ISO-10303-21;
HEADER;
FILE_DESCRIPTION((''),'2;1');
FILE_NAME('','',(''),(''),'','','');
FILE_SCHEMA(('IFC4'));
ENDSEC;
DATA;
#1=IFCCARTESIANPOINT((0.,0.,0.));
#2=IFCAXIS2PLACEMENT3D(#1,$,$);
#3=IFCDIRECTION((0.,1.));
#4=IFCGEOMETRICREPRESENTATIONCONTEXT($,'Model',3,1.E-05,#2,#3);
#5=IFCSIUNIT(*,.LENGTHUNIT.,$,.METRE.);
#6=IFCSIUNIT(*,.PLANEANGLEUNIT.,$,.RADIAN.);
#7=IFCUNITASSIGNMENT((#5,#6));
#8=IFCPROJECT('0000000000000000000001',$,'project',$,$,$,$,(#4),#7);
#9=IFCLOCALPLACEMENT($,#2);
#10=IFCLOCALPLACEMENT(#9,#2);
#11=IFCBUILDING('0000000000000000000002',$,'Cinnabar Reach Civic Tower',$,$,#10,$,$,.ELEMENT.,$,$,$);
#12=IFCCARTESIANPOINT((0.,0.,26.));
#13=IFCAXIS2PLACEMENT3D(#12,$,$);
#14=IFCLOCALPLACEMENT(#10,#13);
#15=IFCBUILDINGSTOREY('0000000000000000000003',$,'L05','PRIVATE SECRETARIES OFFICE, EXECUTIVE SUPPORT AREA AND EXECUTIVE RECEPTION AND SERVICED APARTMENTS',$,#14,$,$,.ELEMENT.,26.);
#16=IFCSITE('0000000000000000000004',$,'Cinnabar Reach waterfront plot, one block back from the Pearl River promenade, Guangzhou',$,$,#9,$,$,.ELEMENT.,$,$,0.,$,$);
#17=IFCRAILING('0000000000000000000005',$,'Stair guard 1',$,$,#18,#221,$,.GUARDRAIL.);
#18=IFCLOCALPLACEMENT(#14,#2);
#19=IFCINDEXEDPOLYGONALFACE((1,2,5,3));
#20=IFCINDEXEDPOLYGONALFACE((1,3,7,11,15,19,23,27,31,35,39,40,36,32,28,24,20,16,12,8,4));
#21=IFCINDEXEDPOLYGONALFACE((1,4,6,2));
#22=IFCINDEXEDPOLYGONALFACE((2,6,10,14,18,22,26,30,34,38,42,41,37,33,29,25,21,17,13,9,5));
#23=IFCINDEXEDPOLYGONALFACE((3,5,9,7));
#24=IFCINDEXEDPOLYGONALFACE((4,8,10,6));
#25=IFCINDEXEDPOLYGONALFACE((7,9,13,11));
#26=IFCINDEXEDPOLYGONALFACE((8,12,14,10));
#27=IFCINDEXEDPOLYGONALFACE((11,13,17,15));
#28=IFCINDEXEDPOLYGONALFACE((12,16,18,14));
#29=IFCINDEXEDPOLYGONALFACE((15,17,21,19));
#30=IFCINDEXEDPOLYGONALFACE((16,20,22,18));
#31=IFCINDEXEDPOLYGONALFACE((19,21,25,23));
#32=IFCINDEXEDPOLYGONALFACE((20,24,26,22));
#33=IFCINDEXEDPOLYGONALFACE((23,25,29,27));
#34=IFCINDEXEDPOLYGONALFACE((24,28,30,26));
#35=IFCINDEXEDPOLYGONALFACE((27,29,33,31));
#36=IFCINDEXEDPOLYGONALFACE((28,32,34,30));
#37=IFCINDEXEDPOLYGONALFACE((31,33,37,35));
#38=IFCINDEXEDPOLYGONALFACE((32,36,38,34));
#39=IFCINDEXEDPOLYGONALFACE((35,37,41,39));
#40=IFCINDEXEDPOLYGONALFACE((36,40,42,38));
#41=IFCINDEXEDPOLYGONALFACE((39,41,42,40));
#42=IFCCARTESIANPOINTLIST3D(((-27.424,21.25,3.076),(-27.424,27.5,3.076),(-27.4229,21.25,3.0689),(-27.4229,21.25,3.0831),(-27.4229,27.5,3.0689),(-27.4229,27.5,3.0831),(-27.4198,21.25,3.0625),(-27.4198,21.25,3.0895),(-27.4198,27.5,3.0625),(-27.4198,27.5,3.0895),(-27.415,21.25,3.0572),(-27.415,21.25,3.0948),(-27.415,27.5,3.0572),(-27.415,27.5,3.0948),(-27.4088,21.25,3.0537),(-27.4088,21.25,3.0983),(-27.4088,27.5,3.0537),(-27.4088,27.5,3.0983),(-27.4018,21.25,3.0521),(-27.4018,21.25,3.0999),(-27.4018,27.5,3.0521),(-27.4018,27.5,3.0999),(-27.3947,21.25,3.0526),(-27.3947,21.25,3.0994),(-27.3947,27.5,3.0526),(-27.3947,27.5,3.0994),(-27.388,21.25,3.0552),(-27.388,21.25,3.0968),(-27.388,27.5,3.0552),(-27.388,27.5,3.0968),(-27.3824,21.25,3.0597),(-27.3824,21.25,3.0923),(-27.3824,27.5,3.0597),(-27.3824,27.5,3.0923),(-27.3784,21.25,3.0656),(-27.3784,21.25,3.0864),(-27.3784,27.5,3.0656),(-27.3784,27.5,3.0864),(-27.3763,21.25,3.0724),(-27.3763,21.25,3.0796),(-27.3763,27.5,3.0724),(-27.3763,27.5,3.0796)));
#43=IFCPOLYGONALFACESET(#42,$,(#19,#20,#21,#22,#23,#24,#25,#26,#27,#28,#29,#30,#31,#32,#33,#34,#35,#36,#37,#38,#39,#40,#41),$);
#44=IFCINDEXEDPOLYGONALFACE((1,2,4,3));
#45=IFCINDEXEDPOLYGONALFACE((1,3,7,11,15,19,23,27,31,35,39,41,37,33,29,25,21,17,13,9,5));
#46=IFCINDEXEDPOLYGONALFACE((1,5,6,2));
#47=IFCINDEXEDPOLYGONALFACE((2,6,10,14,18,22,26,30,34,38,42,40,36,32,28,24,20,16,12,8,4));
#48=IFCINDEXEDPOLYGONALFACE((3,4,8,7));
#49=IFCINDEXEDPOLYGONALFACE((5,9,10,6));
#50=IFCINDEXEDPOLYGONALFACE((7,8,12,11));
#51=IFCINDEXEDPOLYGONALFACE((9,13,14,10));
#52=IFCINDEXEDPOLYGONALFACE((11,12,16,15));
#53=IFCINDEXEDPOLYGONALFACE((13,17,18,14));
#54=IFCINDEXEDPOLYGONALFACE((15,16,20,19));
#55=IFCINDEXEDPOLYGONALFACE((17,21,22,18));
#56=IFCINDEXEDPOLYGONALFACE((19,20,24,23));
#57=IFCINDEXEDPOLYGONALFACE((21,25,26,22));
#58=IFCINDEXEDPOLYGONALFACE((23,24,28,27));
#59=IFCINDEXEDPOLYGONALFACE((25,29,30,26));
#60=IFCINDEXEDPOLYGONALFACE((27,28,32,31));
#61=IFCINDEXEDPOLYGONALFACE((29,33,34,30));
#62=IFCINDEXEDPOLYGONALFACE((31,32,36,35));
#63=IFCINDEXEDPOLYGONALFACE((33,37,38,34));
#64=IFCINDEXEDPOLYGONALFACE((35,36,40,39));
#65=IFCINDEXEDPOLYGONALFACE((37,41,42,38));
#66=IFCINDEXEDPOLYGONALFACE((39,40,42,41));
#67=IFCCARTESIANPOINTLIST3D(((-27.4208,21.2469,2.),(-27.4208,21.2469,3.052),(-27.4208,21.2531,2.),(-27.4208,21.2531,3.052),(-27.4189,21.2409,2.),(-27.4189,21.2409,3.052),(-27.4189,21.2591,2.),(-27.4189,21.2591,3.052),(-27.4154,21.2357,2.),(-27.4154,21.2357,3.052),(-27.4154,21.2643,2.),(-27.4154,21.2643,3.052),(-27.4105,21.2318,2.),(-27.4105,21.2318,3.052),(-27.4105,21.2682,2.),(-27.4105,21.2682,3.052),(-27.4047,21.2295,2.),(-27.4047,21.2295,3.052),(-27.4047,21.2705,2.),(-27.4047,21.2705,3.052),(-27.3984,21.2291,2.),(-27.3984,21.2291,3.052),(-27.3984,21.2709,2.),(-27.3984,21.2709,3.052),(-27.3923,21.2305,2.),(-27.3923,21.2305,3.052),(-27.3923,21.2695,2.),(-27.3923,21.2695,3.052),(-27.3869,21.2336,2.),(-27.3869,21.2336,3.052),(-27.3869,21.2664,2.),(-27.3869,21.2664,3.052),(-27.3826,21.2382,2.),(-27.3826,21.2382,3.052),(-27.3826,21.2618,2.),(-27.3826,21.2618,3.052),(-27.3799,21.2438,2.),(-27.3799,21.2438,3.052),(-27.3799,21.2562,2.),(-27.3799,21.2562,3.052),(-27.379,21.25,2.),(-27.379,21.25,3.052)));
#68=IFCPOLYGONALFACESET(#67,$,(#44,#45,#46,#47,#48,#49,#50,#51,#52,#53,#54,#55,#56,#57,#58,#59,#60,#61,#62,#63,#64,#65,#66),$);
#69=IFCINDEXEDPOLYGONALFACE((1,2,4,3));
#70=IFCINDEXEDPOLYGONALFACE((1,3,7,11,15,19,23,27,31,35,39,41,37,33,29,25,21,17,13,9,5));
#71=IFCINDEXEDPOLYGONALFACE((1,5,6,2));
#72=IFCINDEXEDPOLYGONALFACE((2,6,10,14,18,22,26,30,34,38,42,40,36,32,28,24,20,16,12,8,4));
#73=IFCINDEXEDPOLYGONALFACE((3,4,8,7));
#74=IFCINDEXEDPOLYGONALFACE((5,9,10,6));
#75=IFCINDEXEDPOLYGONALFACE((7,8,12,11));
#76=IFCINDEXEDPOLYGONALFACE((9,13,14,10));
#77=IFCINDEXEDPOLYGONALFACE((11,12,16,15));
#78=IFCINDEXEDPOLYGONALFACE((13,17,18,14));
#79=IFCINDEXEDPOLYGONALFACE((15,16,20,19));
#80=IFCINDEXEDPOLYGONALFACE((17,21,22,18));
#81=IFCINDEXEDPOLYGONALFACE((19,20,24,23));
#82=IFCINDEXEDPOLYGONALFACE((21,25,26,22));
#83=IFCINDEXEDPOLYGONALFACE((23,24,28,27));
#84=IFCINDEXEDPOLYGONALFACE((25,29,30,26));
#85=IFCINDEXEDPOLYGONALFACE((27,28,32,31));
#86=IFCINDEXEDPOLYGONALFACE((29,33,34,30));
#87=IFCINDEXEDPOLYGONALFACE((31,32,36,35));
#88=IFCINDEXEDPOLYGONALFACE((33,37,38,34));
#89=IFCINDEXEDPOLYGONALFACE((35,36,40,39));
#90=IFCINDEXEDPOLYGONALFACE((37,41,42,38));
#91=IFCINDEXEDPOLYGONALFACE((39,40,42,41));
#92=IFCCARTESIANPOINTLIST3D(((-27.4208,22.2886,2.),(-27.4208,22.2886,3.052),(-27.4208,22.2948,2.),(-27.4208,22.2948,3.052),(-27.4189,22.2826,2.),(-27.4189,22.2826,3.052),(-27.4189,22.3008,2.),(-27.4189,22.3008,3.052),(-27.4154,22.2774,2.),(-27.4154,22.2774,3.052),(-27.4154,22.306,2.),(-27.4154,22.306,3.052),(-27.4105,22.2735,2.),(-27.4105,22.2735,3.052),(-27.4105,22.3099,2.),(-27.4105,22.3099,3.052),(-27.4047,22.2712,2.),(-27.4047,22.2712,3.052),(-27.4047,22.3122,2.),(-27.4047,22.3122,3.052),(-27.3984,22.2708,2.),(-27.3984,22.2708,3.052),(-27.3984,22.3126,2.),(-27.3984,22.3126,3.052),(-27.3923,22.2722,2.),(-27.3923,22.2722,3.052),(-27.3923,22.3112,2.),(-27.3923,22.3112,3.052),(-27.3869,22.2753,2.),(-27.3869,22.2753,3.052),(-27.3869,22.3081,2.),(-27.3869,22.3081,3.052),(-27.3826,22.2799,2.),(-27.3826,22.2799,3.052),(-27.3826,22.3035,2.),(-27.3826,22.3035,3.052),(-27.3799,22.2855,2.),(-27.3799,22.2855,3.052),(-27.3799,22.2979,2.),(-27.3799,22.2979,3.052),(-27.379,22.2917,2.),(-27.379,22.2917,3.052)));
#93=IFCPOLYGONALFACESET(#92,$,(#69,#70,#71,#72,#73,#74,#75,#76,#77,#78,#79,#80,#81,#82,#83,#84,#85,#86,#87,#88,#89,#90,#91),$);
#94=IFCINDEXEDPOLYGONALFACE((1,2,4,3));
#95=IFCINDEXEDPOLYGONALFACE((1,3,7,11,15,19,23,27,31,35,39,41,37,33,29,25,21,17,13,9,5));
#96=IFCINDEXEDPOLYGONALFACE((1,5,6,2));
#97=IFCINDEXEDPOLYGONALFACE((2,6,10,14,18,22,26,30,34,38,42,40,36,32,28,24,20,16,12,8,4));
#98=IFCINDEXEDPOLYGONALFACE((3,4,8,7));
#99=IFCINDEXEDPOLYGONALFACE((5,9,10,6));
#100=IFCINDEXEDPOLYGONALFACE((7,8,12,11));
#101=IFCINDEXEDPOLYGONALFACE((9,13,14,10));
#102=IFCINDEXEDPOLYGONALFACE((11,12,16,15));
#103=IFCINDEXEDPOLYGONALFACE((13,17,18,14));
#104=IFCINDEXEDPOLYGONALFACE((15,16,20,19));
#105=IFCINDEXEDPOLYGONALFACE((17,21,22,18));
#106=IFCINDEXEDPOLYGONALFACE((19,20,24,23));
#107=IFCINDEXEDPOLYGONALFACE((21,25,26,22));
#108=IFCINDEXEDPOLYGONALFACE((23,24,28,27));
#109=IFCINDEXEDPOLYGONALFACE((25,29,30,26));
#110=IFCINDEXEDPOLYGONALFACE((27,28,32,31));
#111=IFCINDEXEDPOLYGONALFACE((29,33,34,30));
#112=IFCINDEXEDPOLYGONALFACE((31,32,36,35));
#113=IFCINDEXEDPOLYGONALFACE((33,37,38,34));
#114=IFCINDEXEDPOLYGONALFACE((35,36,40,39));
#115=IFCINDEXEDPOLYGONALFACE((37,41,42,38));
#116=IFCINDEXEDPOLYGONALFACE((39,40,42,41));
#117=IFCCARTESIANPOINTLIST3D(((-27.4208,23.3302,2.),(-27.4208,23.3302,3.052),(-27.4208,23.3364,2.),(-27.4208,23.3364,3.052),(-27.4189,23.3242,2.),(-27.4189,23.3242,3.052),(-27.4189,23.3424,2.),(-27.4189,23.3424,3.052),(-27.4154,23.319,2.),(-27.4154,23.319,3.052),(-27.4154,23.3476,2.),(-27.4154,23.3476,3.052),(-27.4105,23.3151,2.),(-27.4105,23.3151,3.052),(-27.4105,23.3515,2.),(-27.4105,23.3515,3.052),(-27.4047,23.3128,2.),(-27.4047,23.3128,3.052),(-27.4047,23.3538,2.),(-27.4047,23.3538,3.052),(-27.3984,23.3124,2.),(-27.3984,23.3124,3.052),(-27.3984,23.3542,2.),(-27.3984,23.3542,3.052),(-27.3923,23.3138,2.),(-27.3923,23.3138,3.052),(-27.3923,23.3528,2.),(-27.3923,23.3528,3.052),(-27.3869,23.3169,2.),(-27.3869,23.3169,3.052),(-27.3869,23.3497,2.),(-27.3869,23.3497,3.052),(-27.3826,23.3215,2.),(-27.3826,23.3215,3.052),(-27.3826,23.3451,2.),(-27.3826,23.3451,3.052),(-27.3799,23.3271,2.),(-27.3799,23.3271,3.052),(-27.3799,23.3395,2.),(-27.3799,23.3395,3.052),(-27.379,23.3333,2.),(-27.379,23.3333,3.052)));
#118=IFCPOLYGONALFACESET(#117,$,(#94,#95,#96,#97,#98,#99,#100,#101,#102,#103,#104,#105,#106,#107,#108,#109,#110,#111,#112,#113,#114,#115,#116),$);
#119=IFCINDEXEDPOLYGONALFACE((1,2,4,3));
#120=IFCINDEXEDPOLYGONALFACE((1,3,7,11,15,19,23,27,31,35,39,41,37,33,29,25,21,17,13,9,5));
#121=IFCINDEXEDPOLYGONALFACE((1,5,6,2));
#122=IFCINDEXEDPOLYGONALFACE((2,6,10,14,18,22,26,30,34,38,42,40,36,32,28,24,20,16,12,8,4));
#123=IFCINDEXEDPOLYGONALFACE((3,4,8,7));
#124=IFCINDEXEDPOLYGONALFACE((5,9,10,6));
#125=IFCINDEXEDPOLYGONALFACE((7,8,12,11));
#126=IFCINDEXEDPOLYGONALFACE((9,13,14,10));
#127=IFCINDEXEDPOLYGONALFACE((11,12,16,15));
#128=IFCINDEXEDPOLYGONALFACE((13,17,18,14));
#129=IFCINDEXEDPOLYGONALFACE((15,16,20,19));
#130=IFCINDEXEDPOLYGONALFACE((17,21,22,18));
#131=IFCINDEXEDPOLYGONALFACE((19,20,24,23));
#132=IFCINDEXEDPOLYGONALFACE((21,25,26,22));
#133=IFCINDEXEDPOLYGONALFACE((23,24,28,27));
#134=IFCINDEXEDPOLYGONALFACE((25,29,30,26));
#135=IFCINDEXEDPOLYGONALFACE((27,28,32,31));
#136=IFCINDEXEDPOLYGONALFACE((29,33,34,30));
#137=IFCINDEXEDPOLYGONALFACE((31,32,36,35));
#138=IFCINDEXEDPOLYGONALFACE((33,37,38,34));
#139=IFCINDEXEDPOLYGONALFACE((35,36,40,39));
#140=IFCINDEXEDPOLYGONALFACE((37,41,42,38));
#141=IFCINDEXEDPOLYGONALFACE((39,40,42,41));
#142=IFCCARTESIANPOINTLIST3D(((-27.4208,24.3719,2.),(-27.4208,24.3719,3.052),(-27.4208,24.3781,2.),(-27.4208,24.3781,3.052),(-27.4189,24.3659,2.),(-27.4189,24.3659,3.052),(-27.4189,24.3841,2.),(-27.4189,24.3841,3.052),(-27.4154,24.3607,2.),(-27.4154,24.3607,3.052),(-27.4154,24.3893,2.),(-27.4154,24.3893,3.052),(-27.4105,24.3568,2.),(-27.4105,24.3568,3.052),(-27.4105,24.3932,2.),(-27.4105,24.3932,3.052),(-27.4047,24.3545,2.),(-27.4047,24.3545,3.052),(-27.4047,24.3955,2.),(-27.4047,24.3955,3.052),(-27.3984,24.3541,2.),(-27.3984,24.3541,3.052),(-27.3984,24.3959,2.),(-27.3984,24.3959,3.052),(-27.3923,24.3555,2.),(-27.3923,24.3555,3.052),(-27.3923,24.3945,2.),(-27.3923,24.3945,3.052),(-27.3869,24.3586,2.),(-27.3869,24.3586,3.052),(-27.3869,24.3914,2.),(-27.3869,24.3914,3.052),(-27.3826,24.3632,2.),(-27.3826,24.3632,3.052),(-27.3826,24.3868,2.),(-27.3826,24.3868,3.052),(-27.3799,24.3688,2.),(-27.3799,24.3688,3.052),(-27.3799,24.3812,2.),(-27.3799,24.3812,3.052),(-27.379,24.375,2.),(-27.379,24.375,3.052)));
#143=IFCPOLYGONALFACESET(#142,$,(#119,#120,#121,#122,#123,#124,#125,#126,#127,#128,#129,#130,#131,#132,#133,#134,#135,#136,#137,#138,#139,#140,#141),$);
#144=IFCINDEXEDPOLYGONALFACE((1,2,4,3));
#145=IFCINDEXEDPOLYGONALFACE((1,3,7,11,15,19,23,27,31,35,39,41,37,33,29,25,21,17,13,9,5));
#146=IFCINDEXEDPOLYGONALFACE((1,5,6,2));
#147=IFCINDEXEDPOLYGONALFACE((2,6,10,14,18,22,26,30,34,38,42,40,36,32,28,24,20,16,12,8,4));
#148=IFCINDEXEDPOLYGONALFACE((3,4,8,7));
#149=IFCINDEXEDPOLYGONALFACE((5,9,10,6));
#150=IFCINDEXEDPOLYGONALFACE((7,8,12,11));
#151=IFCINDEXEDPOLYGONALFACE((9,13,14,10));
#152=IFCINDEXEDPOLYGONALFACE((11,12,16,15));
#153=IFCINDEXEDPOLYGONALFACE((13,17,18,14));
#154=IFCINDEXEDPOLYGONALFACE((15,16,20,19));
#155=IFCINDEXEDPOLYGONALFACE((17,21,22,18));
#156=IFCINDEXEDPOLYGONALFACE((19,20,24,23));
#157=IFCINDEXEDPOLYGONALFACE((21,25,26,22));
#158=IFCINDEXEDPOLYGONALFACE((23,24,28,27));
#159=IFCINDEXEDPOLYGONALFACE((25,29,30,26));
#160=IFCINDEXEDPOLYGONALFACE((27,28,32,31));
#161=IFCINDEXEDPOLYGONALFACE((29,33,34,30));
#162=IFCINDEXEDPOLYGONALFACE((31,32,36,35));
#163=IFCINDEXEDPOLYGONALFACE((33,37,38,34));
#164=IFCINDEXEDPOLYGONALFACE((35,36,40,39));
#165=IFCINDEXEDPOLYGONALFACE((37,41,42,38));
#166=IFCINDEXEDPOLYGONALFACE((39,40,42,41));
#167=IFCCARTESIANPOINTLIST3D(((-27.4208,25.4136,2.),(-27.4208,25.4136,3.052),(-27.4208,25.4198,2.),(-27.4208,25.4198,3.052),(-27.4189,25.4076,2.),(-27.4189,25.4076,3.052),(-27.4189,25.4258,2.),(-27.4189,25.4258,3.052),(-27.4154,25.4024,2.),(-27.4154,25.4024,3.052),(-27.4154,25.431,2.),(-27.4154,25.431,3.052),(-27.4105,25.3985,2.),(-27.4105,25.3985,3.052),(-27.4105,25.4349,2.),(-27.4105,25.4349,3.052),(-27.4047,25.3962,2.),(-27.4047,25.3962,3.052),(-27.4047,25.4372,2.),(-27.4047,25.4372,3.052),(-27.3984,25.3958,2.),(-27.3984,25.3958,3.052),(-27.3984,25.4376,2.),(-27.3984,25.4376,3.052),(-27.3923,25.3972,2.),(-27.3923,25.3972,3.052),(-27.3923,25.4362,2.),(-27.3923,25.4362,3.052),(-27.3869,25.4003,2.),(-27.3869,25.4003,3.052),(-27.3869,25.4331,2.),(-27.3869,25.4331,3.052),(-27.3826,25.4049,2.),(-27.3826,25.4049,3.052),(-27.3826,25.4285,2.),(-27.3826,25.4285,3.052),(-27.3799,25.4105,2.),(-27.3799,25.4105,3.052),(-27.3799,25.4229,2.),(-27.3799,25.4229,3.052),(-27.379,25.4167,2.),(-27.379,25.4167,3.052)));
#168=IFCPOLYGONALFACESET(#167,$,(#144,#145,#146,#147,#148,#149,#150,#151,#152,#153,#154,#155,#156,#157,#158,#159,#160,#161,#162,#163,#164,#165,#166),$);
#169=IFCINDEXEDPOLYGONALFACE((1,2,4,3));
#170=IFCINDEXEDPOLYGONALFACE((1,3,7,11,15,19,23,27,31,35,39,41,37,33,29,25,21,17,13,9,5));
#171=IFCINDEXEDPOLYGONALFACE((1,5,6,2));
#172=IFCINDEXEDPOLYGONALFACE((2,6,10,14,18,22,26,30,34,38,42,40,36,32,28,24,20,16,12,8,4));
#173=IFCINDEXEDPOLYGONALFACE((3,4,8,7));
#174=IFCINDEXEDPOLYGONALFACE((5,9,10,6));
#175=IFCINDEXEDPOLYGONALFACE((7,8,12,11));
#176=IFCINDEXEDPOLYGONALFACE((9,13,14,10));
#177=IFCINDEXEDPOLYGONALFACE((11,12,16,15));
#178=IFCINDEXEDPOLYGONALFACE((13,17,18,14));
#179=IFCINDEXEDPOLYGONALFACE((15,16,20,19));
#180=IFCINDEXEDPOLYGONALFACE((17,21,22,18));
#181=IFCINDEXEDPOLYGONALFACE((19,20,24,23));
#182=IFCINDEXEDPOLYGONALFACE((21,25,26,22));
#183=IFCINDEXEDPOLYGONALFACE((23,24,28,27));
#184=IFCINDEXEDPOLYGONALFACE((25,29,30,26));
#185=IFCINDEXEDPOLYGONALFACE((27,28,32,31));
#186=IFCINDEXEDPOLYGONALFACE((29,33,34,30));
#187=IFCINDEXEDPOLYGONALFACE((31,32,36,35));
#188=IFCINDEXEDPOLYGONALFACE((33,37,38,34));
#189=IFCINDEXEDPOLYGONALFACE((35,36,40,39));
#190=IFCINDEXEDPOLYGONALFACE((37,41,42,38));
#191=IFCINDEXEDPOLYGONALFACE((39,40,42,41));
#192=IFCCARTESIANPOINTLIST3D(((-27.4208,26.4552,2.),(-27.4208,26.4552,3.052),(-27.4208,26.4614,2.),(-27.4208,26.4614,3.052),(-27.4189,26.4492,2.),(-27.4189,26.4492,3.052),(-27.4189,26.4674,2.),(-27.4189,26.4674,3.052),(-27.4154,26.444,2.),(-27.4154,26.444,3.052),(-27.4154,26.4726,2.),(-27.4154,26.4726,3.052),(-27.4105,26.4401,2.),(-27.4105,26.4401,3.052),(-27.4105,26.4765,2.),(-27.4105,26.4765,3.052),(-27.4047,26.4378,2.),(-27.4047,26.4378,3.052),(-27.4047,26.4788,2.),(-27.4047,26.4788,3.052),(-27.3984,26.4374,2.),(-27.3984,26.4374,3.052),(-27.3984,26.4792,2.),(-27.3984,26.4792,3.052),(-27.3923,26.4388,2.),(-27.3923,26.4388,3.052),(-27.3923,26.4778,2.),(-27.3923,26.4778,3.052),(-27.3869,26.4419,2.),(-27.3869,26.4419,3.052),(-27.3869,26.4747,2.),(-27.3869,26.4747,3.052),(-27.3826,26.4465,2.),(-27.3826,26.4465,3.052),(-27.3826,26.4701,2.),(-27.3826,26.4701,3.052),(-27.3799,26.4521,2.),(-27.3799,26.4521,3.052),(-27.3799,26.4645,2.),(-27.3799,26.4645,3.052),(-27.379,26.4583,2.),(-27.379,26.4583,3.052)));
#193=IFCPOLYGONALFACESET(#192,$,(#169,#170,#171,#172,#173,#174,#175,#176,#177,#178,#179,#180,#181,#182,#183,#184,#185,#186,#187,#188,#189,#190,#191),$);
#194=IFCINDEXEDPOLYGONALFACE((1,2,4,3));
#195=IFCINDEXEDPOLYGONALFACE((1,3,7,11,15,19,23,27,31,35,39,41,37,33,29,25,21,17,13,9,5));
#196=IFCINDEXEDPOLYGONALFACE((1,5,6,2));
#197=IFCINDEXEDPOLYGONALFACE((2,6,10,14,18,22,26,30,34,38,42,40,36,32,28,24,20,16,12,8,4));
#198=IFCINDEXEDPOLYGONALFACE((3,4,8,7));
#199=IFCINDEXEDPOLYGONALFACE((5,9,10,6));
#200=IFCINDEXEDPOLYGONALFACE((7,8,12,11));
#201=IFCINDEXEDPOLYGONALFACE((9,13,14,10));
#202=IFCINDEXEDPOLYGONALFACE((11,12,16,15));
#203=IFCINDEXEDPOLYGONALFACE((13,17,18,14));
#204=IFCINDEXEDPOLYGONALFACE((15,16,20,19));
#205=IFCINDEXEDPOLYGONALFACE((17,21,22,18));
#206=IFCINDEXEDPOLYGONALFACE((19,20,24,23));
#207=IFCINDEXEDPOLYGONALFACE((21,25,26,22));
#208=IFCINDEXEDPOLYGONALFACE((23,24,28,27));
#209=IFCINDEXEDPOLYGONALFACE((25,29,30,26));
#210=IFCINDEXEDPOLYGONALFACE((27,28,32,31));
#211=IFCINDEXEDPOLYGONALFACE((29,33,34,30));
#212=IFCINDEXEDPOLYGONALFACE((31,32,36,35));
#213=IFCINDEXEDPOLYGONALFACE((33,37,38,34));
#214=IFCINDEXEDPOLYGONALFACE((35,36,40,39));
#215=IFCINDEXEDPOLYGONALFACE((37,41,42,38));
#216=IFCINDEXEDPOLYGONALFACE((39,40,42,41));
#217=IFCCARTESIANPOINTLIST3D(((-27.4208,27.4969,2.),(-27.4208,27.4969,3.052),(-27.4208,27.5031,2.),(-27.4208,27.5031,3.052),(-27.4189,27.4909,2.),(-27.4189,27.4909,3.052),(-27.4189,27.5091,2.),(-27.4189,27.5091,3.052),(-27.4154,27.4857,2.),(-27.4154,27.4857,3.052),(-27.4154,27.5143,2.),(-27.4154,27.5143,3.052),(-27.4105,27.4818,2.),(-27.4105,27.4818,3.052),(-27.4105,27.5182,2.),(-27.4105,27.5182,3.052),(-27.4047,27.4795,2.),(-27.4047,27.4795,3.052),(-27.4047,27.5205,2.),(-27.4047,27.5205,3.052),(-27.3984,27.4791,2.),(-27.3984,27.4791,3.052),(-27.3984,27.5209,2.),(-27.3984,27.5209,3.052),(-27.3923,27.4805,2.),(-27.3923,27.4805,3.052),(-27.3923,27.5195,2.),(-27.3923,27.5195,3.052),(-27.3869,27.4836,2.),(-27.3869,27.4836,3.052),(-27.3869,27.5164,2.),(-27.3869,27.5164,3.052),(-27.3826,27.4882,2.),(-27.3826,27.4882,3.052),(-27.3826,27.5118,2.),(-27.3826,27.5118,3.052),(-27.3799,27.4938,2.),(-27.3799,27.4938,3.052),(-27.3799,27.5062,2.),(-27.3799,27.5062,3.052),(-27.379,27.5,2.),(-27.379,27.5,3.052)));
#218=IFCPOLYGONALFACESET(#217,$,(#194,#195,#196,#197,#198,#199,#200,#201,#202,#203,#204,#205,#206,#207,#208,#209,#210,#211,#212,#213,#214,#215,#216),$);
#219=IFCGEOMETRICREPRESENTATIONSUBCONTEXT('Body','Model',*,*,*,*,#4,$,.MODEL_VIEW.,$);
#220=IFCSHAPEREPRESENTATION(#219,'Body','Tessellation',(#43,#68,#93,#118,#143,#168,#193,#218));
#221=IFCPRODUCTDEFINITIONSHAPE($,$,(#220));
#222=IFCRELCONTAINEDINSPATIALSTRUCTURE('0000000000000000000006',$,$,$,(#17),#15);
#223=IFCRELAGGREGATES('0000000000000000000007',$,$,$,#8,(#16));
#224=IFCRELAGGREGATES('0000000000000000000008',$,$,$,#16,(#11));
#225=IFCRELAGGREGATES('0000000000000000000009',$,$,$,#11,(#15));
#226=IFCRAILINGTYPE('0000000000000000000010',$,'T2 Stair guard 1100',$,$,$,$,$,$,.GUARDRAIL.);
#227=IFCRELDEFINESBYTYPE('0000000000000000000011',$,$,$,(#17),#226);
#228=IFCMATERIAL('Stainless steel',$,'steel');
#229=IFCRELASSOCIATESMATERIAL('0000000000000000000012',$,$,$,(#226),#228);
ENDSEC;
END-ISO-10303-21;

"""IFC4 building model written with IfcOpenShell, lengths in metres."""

from ifc_helpers import new_model, si_unit, direction, frame, origin, origin_2d, place, context, subcontext, project, spatial, circle, extrude, material, type_object, element, save


model = new_model("IFC4")

# Units and contexts
model_context = context("Model", 3, precision=1e-05, world=origin(), true_north=direction((0.0, 1.0)))
body_context = subcontext(model_context, "Body", "Model", "MODEL_VIEW")
ifc_project = project(units=[si_unit("LENGTHUNIT", "METRE"), si_unit("PLANEANGLEUNIT", "RADIAN")], contexts=[model_context])

# Site, building, storey
site_placement = place(None, origin())
site = spatial("IfcSite", under=ifc_project, at=site_placement, Name="Cinnabar Reach waterfront plot, one block back from the Pearl River promenade, Guangzhou", CompositionType="ELEMENT", RefElevation=0.0)
building_placement = place(site_placement, origin())
building = spatial("IfcBuilding", under=site, at=building_placement, Name="Cinnabar Reach Civic Tower", CompositionType="ELEMENT")
storey_placement = place(building_placement, frame((0.0, 0.0, 26.0)))
storey = spatial("IfcBuildingStorey", under=building, at=storey_placement, Name="L05", Description="PRIVATE SECRETARIES OFFICE, EXECUTIVE SUPPORT AREA AND EXECUTIVE RECEPTION AND SERVICED APARTMENTS", CompositionType="ELEMENT", Elevation=26.0)

# Railing
ifc_material_1 = material(Name="Stainless steel", Category="steel")
railing_type = type_object("IfcRailingType", Name="T2 Stair guard 1100", PredefinedType="GUARDRAIL", material=ifc_material_1)
for number, where, name in (
    (1, (-27.4, 21.25, 2.0), "Stair guard 1"),
):
    element("IfcRailing", number, at=place(storey_placement, frame(where)), inside=storey, type_object=railing_type, Name=name, PredefinedType="GUARDRAIL", context=body_context, shape_type="SweptSolid", body=[
        extrude(circle(Radius=0.024, at=origin_2d()), frame((0.0, 0.0, 1.076), z_axis=(0.0, 1.0, 0.0), x_axis=(-1.0, 0.0, 0.0)), (0.0, 0.0, 1.0), 6.25),
        extrude(circle(Radius=0.021, at=origin_2d()), origin(), (0.0, 0.0, 1.0), 1.052),
        extrude(circle(Radius=0.021, at=origin_2d()), frame((0.0, 1.0417, 0.0)), (0.0, 0.0, 1.0), 1.052),
        extrude(circle(Radius=0.021, at=origin_2d()), frame((0.0, 2.0833, 0.0)), (0.0, 0.0, 1.0), 1.052),
        extrude(circle(Radius=0.021, at=origin_2d()), frame((0.0, 3.125, 0.0)), (0.0, 0.0, 1.0), 1.052),
        extrude(circle(Radius=0.021, at=origin_2d()), frame((0.0, 4.1667, 0.0)), (0.0, 0.0, 1.0), 1.052),
        extrude(circle(Radius=0.021, at=origin_2d()), frame((0.0, 5.2083, 0.0)), (0.0, 0.0, 1.0), 1.052),
        extrude(circle(Radius=0.021, at=origin_2d()), frame((0.0, 6.25, 0.0)), (0.0, 0.0, 1.0), 1.052),
    ])

save(model, "model.ifc")
